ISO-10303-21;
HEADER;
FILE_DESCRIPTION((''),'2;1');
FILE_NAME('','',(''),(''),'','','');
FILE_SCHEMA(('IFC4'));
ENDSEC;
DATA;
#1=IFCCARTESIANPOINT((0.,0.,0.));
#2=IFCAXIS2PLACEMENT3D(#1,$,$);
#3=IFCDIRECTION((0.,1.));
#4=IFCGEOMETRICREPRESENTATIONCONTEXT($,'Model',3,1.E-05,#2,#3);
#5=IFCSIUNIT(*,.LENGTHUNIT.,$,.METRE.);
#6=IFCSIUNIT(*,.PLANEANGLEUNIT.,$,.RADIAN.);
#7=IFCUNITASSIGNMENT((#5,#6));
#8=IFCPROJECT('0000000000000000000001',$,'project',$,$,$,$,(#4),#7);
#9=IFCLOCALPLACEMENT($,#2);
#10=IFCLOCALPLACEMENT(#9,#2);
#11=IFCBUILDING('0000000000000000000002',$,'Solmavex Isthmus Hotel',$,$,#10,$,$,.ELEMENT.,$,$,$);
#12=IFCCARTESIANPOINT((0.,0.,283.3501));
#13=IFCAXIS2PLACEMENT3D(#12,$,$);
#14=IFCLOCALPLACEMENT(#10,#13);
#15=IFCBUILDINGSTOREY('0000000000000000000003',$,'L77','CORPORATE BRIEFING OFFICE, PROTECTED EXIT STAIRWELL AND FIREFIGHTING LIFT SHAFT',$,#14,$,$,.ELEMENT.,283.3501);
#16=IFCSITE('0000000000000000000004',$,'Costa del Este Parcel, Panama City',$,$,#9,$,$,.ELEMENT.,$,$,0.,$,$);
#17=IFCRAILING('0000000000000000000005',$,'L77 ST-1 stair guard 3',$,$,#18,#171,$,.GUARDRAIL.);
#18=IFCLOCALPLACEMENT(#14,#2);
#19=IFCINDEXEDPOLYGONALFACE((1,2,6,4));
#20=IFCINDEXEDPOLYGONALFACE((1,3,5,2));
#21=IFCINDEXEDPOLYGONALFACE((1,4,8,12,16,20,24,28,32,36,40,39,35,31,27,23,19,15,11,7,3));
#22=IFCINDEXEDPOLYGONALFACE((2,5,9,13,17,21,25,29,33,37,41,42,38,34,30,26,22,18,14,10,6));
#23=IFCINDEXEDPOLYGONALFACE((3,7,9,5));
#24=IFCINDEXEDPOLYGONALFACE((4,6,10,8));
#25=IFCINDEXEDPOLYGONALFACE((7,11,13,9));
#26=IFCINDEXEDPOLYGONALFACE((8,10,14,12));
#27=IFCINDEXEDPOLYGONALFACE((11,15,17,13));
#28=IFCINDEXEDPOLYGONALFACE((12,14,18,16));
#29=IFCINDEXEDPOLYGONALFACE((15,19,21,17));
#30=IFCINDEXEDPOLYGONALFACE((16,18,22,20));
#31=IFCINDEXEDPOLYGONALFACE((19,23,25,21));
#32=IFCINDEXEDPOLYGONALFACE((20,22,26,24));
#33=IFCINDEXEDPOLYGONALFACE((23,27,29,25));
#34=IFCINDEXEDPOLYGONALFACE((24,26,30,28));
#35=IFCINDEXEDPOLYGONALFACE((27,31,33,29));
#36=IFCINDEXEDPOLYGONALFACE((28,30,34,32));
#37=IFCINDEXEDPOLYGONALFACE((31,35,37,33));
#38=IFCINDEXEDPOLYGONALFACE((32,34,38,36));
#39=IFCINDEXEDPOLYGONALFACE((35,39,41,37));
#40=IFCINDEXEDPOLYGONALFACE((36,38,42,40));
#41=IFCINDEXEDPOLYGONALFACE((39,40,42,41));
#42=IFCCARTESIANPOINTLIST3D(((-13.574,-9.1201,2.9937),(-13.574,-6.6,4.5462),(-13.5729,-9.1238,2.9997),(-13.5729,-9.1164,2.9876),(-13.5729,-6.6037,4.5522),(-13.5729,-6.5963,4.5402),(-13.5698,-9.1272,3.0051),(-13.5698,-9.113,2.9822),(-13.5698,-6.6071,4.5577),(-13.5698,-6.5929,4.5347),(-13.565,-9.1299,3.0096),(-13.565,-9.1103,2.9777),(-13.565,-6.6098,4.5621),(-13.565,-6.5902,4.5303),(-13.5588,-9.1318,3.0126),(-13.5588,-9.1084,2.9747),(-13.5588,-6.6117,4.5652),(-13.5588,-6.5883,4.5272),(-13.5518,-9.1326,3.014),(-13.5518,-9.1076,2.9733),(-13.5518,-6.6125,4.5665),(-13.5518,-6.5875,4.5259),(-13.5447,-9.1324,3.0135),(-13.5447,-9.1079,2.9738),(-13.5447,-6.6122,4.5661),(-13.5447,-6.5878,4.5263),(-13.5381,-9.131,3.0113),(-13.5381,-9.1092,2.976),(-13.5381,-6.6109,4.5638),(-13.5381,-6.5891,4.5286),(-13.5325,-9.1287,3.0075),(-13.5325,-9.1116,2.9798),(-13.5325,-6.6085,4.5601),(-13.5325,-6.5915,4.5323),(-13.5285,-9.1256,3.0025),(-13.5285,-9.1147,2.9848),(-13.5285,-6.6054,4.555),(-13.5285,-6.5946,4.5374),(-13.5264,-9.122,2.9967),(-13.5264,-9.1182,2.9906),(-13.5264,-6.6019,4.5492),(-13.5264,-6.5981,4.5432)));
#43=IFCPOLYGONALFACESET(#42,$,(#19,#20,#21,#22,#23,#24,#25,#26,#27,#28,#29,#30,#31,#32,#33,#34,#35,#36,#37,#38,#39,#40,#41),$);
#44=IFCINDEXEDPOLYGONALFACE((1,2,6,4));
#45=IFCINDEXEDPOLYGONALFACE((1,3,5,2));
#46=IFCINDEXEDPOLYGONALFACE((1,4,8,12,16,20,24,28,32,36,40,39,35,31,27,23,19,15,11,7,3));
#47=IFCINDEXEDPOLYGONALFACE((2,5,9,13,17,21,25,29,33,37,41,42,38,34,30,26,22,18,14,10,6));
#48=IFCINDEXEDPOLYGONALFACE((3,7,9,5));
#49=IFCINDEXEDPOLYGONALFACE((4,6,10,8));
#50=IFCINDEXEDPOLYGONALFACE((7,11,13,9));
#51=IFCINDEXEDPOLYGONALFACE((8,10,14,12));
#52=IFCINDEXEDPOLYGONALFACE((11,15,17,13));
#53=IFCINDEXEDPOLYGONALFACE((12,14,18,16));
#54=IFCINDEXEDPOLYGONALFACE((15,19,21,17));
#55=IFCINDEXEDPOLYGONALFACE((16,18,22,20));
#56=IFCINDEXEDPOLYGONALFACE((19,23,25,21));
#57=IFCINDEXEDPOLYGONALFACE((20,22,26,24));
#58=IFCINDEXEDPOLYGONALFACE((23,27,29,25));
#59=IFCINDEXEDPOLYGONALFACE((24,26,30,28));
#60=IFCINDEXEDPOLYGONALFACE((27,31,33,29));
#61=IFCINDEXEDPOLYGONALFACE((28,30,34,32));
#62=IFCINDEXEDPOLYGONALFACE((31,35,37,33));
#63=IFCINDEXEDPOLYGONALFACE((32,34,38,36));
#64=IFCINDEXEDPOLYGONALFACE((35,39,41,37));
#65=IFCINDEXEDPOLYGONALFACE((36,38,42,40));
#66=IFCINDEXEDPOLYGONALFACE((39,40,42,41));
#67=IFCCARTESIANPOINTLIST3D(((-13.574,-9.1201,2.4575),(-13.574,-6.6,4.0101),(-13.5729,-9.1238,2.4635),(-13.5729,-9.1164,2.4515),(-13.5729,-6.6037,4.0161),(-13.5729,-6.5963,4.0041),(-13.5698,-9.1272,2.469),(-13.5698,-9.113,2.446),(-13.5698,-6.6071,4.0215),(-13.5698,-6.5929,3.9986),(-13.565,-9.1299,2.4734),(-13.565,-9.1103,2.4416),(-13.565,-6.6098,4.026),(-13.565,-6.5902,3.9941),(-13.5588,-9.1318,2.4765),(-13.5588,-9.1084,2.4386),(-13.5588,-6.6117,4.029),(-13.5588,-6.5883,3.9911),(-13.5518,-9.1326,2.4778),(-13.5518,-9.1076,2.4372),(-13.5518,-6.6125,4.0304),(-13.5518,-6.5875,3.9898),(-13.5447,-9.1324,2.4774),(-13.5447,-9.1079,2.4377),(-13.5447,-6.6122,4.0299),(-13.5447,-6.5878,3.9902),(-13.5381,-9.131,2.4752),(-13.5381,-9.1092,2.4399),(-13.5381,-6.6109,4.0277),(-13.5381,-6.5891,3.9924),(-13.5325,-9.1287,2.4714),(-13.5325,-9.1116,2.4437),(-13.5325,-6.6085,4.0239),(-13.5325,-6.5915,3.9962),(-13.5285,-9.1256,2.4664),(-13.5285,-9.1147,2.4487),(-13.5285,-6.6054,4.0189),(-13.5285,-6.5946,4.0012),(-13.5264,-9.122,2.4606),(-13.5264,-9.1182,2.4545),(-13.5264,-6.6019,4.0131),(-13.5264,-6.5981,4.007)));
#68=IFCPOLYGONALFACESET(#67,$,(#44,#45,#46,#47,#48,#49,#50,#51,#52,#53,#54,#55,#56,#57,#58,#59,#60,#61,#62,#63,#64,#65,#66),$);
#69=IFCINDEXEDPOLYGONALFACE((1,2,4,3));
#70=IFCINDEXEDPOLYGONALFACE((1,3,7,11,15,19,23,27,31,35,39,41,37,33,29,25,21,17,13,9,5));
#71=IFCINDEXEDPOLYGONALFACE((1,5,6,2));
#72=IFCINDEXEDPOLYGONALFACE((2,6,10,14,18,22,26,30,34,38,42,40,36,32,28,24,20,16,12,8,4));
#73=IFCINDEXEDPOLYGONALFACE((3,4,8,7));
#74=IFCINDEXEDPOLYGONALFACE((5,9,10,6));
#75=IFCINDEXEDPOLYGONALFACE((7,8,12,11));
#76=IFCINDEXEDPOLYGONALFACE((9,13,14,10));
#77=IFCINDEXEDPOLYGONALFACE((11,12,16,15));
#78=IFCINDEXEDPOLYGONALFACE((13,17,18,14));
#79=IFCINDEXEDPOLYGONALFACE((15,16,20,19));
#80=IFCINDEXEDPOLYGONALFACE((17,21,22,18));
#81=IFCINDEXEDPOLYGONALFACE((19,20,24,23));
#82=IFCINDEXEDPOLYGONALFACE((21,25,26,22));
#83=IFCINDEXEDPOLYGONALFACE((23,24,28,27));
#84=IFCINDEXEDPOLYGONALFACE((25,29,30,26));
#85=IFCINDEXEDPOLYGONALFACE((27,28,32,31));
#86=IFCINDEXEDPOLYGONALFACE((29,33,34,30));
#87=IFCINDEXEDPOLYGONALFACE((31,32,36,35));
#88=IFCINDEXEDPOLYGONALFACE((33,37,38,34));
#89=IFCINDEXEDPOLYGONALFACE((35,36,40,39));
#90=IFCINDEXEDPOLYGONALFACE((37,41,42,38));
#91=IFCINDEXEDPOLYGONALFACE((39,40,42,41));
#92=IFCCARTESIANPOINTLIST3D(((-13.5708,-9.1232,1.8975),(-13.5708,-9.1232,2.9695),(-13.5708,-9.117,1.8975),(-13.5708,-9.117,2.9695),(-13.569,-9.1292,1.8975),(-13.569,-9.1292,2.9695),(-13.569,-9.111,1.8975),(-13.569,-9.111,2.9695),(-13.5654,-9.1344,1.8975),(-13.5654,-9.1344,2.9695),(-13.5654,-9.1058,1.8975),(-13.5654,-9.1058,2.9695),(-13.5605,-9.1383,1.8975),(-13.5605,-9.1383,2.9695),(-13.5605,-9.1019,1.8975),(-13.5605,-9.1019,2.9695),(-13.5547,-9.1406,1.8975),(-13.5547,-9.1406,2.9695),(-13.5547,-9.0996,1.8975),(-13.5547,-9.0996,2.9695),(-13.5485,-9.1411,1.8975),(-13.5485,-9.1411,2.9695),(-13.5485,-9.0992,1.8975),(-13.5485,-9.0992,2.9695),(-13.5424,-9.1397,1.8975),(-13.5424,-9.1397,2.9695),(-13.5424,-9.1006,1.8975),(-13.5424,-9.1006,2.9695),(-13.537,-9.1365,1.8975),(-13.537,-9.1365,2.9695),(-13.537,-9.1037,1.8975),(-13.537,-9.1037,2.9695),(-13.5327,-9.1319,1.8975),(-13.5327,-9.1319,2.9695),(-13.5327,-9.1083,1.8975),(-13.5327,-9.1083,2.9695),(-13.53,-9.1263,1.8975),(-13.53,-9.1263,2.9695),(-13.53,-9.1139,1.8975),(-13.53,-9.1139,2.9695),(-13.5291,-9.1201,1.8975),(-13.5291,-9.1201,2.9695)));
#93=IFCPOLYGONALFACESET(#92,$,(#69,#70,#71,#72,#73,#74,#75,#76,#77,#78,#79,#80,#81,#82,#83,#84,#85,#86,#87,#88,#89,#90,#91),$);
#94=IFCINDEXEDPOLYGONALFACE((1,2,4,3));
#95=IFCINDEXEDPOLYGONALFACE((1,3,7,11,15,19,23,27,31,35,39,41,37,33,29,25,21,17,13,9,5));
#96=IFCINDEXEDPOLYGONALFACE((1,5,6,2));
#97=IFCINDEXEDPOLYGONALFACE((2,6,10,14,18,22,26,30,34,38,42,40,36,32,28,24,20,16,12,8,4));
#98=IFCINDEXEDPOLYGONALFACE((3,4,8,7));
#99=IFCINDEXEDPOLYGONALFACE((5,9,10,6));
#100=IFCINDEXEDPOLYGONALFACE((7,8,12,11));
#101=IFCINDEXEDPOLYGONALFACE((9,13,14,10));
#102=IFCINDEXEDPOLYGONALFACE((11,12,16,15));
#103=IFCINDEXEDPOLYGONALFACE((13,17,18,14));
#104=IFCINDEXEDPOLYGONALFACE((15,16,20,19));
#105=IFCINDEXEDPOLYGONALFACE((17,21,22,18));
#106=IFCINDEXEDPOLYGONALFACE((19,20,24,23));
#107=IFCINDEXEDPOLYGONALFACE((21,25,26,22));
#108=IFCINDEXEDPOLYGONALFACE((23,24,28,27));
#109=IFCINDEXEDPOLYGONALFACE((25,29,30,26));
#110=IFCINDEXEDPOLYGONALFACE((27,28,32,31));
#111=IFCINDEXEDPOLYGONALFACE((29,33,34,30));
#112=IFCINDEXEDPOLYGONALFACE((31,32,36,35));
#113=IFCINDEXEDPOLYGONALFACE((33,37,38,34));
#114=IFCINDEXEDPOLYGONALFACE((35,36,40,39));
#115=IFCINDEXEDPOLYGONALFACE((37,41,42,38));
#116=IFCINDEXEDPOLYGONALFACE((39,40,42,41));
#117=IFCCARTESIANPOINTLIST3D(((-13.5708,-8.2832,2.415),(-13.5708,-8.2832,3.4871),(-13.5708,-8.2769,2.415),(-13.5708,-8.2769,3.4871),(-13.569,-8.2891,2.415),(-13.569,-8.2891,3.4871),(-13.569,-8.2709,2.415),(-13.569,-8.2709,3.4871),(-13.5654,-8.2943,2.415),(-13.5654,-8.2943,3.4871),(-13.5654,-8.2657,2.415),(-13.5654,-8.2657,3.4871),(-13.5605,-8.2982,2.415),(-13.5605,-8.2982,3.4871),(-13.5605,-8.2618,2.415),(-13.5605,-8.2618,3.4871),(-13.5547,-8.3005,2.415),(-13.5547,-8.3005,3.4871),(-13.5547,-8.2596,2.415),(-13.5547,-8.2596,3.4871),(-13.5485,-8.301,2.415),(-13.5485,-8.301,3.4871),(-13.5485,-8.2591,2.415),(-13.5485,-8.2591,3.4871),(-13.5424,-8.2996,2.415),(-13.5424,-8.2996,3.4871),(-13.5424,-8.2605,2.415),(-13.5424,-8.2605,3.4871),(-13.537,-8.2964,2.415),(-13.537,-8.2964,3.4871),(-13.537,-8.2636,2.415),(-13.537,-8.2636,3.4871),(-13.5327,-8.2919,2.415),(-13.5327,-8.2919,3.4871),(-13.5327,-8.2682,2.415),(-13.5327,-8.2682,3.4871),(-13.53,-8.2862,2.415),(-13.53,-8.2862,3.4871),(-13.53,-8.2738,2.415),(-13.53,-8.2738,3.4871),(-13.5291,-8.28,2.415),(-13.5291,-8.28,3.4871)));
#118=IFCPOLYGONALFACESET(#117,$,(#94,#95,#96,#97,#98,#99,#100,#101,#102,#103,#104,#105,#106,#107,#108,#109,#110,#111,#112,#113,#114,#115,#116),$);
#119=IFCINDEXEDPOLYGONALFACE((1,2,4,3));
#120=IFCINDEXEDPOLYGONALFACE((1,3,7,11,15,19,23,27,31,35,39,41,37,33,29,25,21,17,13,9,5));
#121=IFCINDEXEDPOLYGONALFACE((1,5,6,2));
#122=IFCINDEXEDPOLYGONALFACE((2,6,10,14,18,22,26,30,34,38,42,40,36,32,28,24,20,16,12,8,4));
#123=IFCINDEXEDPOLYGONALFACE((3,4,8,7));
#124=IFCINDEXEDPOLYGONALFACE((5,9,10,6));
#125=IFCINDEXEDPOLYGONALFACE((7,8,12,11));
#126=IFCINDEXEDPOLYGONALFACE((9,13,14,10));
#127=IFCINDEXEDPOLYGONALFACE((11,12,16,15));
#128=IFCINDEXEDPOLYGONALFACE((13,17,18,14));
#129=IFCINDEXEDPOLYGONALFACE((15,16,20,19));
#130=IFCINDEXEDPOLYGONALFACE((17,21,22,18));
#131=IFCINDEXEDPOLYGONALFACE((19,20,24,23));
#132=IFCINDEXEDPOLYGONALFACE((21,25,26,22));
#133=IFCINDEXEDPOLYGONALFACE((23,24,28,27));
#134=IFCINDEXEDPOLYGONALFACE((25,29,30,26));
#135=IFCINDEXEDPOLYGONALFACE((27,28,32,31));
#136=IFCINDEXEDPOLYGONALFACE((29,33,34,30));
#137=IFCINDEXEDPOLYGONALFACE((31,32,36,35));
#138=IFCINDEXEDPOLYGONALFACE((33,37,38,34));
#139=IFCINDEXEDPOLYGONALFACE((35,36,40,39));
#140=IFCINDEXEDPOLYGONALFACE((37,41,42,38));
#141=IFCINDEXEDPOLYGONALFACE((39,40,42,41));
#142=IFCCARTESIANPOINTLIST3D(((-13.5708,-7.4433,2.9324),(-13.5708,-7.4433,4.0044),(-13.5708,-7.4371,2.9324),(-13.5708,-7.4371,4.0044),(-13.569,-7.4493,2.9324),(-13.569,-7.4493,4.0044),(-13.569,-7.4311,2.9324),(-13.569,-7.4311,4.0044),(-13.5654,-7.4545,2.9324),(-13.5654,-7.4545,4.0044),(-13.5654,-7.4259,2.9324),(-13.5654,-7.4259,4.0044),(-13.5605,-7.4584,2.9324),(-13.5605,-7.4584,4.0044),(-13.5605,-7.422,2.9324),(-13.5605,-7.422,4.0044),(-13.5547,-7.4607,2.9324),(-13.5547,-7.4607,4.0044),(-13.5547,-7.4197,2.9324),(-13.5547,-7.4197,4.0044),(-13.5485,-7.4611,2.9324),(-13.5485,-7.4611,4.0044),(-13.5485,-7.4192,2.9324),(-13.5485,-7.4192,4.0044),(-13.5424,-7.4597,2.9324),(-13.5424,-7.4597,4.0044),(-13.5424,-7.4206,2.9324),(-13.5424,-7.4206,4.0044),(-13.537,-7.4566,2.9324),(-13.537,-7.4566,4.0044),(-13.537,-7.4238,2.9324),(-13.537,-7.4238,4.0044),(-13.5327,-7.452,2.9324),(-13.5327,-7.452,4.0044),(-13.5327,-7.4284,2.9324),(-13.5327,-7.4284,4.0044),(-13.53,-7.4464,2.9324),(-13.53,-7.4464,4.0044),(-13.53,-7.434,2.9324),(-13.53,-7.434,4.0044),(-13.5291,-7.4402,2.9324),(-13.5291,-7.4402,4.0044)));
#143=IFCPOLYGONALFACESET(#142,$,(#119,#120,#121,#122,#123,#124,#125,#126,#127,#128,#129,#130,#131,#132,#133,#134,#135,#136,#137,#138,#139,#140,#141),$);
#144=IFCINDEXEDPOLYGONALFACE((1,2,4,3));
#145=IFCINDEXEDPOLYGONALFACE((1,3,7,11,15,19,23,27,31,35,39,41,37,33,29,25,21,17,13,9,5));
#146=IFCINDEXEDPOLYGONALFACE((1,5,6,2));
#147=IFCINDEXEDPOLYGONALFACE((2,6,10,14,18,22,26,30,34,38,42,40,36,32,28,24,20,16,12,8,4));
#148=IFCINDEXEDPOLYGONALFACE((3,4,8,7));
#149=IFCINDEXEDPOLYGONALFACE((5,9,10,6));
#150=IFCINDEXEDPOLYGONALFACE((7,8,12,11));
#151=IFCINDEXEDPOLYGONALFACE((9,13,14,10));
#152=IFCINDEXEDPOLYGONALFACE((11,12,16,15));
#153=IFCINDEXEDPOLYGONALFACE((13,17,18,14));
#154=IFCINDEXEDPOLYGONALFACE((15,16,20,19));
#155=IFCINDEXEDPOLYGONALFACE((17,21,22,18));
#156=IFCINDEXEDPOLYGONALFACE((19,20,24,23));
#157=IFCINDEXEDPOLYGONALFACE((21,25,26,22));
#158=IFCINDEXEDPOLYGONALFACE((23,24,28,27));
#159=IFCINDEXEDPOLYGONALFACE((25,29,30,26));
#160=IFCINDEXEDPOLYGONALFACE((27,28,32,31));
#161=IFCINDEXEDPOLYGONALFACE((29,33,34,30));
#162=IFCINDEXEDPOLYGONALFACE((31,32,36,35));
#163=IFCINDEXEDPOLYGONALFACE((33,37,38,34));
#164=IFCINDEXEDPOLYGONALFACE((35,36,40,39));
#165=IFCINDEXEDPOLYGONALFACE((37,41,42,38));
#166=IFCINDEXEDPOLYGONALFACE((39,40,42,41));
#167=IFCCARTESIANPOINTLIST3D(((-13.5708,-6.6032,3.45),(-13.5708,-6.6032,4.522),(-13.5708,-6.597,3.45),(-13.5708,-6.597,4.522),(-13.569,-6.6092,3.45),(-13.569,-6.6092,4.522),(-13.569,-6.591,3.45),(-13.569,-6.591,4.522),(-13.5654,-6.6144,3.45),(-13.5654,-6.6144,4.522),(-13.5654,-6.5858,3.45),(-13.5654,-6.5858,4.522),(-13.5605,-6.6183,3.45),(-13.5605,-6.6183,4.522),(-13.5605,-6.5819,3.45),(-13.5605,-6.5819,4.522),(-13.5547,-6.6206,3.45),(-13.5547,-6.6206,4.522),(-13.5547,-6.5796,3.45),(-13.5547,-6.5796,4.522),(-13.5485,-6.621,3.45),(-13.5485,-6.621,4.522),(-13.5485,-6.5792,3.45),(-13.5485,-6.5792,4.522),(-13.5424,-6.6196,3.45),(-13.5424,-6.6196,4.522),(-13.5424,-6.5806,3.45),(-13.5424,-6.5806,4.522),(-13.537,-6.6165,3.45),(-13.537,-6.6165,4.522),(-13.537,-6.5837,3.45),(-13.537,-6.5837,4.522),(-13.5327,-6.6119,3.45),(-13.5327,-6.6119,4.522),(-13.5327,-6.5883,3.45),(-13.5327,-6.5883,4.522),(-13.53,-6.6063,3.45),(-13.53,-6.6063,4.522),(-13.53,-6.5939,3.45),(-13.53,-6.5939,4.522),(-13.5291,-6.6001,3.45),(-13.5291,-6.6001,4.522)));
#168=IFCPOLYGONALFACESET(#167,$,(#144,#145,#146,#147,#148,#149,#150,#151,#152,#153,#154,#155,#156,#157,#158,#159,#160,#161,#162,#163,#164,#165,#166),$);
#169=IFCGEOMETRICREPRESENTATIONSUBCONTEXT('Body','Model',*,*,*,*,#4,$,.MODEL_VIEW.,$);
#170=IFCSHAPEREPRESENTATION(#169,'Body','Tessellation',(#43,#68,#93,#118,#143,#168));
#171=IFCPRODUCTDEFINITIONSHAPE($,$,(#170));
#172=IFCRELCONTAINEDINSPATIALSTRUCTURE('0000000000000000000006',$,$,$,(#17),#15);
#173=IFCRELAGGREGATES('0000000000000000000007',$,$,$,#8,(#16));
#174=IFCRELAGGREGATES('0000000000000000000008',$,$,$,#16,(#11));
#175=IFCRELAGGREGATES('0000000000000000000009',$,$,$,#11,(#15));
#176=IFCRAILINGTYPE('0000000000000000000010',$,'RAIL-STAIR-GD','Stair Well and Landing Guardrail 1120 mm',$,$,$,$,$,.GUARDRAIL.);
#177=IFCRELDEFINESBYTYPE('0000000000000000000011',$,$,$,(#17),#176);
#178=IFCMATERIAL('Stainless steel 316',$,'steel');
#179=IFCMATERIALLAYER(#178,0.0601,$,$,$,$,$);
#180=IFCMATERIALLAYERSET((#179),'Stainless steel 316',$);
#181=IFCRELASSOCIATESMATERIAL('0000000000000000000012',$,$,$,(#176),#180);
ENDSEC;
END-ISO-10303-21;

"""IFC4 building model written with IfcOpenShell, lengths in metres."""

from ifc_helpers import new_model, si_unit, direction, frame, origin, origin_2d, place, context, subcontext, project, spatial, circle, extrude, material, layer, layer_set, type_object, element, save


model = new_model("IFC4")

# Units and contexts
model_context = context("Model", 3, precision=1e-05, world=origin(), true_north=direction((0.0, 1.0)))
body_context = subcontext(model_context, "Body", "Model", "MODEL_VIEW")
ifc_project = project(units=[si_unit("LENGTHUNIT", "METRE"), si_unit("PLANEANGLEUNIT", "RADIAN")], contexts=[model_context])

# Site, building, storey
site_placement = place(None, origin())
site = spatial("IfcSite", under=ifc_project, at=site_placement, Name="Costa del Este Parcel, Panama City", CompositionType="ELEMENT", RefElevation=0.0)
building_placement = place(site_placement, origin())
building = spatial("IfcBuilding", under=site, at=building_placement, Name="Solmavex Isthmus Hotel", CompositionType="ELEMENT")
storey_placement = place(building_placement, frame((0.0, 0.0, 283.3501)))
storey = spatial("IfcBuildingStorey", under=building, at=storey_placement, Name="L77", Description="CORPORATE BRIEFING OFFICE, PROTECTED EXIT STAIRWELL AND FIREFIGHTING LIFT SHAFT", CompositionType="ELEMENT", Elevation=283.3501)

# Shared definitions
ifc_material_1 = material(Name="Stainless steel 316", Category="steel")

# Railing
ifc_layer_1 = layer(ifc_material_1, 0.0601)
ifc_layer_set_1 = layer_set([ifc_layer_1], Name="Stainless steel 316")
railing_type_1 = type_object("IfcRailingType", Name="RAIL-STAIR-GD", Description="Stair Well and Landing Guardrail 1120 mm", PredefinedType="GUARDRAIL", material=ifc_layer_set_1)
railing_1_placement = place(storey_placement, frame((-13.55, -9.1201, 1.8975)))
element("IfcRailing", 1, at=railing_1_placement, inside=storey, type_object=railing_type_1, Name="L77 ST-1 stair guard 3", PredefinedType="GUARDRAIL", context=body_context, shape_type="SweptSolid", body=[
    extrude(circle(Radius=0.0239, at=origin_2d()), frame((0.0, 0.0, 1.0962), z_axis=(0.0, 0.8514, 0.524516), x_axis=(-1.0, 0.0, 0.0)), (0.0, 0.0, 1.0), 2.96),
    extrude(circle(Radius=0.0239, at=origin_2d()), frame((0.0, 0.0, 0.5601), z_axis=(0.0, 0.8514, 0.524516), x_axis=(-1.0, 0.0, 0.0)), (0.0, 0.0, 1.0), 2.96),
    extrude(circle(Radius=0.021, at=origin_2d()), origin(), (0.0, 0.0, 1.0), 1.072),
    extrude(circle(Radius=0.021, at=origin_2d()), frame((0.0, 0.8401, 0.5176)), (0.0, 0.0, 1.0), 1.072),
    extrude(circle(Radius=0.021, at=origin_2d()), frame((0.0, 1.6799, 1.0349)), (0.0, 0.0, 1.0), 1.072),
    extrude(circle(Radius=0.021, at=origin_2d()), frame((0.0, 2.52, 1.5525)), (0.0, 0.0, 1.0), 1.072),
])

save(model, "model.ifc")
